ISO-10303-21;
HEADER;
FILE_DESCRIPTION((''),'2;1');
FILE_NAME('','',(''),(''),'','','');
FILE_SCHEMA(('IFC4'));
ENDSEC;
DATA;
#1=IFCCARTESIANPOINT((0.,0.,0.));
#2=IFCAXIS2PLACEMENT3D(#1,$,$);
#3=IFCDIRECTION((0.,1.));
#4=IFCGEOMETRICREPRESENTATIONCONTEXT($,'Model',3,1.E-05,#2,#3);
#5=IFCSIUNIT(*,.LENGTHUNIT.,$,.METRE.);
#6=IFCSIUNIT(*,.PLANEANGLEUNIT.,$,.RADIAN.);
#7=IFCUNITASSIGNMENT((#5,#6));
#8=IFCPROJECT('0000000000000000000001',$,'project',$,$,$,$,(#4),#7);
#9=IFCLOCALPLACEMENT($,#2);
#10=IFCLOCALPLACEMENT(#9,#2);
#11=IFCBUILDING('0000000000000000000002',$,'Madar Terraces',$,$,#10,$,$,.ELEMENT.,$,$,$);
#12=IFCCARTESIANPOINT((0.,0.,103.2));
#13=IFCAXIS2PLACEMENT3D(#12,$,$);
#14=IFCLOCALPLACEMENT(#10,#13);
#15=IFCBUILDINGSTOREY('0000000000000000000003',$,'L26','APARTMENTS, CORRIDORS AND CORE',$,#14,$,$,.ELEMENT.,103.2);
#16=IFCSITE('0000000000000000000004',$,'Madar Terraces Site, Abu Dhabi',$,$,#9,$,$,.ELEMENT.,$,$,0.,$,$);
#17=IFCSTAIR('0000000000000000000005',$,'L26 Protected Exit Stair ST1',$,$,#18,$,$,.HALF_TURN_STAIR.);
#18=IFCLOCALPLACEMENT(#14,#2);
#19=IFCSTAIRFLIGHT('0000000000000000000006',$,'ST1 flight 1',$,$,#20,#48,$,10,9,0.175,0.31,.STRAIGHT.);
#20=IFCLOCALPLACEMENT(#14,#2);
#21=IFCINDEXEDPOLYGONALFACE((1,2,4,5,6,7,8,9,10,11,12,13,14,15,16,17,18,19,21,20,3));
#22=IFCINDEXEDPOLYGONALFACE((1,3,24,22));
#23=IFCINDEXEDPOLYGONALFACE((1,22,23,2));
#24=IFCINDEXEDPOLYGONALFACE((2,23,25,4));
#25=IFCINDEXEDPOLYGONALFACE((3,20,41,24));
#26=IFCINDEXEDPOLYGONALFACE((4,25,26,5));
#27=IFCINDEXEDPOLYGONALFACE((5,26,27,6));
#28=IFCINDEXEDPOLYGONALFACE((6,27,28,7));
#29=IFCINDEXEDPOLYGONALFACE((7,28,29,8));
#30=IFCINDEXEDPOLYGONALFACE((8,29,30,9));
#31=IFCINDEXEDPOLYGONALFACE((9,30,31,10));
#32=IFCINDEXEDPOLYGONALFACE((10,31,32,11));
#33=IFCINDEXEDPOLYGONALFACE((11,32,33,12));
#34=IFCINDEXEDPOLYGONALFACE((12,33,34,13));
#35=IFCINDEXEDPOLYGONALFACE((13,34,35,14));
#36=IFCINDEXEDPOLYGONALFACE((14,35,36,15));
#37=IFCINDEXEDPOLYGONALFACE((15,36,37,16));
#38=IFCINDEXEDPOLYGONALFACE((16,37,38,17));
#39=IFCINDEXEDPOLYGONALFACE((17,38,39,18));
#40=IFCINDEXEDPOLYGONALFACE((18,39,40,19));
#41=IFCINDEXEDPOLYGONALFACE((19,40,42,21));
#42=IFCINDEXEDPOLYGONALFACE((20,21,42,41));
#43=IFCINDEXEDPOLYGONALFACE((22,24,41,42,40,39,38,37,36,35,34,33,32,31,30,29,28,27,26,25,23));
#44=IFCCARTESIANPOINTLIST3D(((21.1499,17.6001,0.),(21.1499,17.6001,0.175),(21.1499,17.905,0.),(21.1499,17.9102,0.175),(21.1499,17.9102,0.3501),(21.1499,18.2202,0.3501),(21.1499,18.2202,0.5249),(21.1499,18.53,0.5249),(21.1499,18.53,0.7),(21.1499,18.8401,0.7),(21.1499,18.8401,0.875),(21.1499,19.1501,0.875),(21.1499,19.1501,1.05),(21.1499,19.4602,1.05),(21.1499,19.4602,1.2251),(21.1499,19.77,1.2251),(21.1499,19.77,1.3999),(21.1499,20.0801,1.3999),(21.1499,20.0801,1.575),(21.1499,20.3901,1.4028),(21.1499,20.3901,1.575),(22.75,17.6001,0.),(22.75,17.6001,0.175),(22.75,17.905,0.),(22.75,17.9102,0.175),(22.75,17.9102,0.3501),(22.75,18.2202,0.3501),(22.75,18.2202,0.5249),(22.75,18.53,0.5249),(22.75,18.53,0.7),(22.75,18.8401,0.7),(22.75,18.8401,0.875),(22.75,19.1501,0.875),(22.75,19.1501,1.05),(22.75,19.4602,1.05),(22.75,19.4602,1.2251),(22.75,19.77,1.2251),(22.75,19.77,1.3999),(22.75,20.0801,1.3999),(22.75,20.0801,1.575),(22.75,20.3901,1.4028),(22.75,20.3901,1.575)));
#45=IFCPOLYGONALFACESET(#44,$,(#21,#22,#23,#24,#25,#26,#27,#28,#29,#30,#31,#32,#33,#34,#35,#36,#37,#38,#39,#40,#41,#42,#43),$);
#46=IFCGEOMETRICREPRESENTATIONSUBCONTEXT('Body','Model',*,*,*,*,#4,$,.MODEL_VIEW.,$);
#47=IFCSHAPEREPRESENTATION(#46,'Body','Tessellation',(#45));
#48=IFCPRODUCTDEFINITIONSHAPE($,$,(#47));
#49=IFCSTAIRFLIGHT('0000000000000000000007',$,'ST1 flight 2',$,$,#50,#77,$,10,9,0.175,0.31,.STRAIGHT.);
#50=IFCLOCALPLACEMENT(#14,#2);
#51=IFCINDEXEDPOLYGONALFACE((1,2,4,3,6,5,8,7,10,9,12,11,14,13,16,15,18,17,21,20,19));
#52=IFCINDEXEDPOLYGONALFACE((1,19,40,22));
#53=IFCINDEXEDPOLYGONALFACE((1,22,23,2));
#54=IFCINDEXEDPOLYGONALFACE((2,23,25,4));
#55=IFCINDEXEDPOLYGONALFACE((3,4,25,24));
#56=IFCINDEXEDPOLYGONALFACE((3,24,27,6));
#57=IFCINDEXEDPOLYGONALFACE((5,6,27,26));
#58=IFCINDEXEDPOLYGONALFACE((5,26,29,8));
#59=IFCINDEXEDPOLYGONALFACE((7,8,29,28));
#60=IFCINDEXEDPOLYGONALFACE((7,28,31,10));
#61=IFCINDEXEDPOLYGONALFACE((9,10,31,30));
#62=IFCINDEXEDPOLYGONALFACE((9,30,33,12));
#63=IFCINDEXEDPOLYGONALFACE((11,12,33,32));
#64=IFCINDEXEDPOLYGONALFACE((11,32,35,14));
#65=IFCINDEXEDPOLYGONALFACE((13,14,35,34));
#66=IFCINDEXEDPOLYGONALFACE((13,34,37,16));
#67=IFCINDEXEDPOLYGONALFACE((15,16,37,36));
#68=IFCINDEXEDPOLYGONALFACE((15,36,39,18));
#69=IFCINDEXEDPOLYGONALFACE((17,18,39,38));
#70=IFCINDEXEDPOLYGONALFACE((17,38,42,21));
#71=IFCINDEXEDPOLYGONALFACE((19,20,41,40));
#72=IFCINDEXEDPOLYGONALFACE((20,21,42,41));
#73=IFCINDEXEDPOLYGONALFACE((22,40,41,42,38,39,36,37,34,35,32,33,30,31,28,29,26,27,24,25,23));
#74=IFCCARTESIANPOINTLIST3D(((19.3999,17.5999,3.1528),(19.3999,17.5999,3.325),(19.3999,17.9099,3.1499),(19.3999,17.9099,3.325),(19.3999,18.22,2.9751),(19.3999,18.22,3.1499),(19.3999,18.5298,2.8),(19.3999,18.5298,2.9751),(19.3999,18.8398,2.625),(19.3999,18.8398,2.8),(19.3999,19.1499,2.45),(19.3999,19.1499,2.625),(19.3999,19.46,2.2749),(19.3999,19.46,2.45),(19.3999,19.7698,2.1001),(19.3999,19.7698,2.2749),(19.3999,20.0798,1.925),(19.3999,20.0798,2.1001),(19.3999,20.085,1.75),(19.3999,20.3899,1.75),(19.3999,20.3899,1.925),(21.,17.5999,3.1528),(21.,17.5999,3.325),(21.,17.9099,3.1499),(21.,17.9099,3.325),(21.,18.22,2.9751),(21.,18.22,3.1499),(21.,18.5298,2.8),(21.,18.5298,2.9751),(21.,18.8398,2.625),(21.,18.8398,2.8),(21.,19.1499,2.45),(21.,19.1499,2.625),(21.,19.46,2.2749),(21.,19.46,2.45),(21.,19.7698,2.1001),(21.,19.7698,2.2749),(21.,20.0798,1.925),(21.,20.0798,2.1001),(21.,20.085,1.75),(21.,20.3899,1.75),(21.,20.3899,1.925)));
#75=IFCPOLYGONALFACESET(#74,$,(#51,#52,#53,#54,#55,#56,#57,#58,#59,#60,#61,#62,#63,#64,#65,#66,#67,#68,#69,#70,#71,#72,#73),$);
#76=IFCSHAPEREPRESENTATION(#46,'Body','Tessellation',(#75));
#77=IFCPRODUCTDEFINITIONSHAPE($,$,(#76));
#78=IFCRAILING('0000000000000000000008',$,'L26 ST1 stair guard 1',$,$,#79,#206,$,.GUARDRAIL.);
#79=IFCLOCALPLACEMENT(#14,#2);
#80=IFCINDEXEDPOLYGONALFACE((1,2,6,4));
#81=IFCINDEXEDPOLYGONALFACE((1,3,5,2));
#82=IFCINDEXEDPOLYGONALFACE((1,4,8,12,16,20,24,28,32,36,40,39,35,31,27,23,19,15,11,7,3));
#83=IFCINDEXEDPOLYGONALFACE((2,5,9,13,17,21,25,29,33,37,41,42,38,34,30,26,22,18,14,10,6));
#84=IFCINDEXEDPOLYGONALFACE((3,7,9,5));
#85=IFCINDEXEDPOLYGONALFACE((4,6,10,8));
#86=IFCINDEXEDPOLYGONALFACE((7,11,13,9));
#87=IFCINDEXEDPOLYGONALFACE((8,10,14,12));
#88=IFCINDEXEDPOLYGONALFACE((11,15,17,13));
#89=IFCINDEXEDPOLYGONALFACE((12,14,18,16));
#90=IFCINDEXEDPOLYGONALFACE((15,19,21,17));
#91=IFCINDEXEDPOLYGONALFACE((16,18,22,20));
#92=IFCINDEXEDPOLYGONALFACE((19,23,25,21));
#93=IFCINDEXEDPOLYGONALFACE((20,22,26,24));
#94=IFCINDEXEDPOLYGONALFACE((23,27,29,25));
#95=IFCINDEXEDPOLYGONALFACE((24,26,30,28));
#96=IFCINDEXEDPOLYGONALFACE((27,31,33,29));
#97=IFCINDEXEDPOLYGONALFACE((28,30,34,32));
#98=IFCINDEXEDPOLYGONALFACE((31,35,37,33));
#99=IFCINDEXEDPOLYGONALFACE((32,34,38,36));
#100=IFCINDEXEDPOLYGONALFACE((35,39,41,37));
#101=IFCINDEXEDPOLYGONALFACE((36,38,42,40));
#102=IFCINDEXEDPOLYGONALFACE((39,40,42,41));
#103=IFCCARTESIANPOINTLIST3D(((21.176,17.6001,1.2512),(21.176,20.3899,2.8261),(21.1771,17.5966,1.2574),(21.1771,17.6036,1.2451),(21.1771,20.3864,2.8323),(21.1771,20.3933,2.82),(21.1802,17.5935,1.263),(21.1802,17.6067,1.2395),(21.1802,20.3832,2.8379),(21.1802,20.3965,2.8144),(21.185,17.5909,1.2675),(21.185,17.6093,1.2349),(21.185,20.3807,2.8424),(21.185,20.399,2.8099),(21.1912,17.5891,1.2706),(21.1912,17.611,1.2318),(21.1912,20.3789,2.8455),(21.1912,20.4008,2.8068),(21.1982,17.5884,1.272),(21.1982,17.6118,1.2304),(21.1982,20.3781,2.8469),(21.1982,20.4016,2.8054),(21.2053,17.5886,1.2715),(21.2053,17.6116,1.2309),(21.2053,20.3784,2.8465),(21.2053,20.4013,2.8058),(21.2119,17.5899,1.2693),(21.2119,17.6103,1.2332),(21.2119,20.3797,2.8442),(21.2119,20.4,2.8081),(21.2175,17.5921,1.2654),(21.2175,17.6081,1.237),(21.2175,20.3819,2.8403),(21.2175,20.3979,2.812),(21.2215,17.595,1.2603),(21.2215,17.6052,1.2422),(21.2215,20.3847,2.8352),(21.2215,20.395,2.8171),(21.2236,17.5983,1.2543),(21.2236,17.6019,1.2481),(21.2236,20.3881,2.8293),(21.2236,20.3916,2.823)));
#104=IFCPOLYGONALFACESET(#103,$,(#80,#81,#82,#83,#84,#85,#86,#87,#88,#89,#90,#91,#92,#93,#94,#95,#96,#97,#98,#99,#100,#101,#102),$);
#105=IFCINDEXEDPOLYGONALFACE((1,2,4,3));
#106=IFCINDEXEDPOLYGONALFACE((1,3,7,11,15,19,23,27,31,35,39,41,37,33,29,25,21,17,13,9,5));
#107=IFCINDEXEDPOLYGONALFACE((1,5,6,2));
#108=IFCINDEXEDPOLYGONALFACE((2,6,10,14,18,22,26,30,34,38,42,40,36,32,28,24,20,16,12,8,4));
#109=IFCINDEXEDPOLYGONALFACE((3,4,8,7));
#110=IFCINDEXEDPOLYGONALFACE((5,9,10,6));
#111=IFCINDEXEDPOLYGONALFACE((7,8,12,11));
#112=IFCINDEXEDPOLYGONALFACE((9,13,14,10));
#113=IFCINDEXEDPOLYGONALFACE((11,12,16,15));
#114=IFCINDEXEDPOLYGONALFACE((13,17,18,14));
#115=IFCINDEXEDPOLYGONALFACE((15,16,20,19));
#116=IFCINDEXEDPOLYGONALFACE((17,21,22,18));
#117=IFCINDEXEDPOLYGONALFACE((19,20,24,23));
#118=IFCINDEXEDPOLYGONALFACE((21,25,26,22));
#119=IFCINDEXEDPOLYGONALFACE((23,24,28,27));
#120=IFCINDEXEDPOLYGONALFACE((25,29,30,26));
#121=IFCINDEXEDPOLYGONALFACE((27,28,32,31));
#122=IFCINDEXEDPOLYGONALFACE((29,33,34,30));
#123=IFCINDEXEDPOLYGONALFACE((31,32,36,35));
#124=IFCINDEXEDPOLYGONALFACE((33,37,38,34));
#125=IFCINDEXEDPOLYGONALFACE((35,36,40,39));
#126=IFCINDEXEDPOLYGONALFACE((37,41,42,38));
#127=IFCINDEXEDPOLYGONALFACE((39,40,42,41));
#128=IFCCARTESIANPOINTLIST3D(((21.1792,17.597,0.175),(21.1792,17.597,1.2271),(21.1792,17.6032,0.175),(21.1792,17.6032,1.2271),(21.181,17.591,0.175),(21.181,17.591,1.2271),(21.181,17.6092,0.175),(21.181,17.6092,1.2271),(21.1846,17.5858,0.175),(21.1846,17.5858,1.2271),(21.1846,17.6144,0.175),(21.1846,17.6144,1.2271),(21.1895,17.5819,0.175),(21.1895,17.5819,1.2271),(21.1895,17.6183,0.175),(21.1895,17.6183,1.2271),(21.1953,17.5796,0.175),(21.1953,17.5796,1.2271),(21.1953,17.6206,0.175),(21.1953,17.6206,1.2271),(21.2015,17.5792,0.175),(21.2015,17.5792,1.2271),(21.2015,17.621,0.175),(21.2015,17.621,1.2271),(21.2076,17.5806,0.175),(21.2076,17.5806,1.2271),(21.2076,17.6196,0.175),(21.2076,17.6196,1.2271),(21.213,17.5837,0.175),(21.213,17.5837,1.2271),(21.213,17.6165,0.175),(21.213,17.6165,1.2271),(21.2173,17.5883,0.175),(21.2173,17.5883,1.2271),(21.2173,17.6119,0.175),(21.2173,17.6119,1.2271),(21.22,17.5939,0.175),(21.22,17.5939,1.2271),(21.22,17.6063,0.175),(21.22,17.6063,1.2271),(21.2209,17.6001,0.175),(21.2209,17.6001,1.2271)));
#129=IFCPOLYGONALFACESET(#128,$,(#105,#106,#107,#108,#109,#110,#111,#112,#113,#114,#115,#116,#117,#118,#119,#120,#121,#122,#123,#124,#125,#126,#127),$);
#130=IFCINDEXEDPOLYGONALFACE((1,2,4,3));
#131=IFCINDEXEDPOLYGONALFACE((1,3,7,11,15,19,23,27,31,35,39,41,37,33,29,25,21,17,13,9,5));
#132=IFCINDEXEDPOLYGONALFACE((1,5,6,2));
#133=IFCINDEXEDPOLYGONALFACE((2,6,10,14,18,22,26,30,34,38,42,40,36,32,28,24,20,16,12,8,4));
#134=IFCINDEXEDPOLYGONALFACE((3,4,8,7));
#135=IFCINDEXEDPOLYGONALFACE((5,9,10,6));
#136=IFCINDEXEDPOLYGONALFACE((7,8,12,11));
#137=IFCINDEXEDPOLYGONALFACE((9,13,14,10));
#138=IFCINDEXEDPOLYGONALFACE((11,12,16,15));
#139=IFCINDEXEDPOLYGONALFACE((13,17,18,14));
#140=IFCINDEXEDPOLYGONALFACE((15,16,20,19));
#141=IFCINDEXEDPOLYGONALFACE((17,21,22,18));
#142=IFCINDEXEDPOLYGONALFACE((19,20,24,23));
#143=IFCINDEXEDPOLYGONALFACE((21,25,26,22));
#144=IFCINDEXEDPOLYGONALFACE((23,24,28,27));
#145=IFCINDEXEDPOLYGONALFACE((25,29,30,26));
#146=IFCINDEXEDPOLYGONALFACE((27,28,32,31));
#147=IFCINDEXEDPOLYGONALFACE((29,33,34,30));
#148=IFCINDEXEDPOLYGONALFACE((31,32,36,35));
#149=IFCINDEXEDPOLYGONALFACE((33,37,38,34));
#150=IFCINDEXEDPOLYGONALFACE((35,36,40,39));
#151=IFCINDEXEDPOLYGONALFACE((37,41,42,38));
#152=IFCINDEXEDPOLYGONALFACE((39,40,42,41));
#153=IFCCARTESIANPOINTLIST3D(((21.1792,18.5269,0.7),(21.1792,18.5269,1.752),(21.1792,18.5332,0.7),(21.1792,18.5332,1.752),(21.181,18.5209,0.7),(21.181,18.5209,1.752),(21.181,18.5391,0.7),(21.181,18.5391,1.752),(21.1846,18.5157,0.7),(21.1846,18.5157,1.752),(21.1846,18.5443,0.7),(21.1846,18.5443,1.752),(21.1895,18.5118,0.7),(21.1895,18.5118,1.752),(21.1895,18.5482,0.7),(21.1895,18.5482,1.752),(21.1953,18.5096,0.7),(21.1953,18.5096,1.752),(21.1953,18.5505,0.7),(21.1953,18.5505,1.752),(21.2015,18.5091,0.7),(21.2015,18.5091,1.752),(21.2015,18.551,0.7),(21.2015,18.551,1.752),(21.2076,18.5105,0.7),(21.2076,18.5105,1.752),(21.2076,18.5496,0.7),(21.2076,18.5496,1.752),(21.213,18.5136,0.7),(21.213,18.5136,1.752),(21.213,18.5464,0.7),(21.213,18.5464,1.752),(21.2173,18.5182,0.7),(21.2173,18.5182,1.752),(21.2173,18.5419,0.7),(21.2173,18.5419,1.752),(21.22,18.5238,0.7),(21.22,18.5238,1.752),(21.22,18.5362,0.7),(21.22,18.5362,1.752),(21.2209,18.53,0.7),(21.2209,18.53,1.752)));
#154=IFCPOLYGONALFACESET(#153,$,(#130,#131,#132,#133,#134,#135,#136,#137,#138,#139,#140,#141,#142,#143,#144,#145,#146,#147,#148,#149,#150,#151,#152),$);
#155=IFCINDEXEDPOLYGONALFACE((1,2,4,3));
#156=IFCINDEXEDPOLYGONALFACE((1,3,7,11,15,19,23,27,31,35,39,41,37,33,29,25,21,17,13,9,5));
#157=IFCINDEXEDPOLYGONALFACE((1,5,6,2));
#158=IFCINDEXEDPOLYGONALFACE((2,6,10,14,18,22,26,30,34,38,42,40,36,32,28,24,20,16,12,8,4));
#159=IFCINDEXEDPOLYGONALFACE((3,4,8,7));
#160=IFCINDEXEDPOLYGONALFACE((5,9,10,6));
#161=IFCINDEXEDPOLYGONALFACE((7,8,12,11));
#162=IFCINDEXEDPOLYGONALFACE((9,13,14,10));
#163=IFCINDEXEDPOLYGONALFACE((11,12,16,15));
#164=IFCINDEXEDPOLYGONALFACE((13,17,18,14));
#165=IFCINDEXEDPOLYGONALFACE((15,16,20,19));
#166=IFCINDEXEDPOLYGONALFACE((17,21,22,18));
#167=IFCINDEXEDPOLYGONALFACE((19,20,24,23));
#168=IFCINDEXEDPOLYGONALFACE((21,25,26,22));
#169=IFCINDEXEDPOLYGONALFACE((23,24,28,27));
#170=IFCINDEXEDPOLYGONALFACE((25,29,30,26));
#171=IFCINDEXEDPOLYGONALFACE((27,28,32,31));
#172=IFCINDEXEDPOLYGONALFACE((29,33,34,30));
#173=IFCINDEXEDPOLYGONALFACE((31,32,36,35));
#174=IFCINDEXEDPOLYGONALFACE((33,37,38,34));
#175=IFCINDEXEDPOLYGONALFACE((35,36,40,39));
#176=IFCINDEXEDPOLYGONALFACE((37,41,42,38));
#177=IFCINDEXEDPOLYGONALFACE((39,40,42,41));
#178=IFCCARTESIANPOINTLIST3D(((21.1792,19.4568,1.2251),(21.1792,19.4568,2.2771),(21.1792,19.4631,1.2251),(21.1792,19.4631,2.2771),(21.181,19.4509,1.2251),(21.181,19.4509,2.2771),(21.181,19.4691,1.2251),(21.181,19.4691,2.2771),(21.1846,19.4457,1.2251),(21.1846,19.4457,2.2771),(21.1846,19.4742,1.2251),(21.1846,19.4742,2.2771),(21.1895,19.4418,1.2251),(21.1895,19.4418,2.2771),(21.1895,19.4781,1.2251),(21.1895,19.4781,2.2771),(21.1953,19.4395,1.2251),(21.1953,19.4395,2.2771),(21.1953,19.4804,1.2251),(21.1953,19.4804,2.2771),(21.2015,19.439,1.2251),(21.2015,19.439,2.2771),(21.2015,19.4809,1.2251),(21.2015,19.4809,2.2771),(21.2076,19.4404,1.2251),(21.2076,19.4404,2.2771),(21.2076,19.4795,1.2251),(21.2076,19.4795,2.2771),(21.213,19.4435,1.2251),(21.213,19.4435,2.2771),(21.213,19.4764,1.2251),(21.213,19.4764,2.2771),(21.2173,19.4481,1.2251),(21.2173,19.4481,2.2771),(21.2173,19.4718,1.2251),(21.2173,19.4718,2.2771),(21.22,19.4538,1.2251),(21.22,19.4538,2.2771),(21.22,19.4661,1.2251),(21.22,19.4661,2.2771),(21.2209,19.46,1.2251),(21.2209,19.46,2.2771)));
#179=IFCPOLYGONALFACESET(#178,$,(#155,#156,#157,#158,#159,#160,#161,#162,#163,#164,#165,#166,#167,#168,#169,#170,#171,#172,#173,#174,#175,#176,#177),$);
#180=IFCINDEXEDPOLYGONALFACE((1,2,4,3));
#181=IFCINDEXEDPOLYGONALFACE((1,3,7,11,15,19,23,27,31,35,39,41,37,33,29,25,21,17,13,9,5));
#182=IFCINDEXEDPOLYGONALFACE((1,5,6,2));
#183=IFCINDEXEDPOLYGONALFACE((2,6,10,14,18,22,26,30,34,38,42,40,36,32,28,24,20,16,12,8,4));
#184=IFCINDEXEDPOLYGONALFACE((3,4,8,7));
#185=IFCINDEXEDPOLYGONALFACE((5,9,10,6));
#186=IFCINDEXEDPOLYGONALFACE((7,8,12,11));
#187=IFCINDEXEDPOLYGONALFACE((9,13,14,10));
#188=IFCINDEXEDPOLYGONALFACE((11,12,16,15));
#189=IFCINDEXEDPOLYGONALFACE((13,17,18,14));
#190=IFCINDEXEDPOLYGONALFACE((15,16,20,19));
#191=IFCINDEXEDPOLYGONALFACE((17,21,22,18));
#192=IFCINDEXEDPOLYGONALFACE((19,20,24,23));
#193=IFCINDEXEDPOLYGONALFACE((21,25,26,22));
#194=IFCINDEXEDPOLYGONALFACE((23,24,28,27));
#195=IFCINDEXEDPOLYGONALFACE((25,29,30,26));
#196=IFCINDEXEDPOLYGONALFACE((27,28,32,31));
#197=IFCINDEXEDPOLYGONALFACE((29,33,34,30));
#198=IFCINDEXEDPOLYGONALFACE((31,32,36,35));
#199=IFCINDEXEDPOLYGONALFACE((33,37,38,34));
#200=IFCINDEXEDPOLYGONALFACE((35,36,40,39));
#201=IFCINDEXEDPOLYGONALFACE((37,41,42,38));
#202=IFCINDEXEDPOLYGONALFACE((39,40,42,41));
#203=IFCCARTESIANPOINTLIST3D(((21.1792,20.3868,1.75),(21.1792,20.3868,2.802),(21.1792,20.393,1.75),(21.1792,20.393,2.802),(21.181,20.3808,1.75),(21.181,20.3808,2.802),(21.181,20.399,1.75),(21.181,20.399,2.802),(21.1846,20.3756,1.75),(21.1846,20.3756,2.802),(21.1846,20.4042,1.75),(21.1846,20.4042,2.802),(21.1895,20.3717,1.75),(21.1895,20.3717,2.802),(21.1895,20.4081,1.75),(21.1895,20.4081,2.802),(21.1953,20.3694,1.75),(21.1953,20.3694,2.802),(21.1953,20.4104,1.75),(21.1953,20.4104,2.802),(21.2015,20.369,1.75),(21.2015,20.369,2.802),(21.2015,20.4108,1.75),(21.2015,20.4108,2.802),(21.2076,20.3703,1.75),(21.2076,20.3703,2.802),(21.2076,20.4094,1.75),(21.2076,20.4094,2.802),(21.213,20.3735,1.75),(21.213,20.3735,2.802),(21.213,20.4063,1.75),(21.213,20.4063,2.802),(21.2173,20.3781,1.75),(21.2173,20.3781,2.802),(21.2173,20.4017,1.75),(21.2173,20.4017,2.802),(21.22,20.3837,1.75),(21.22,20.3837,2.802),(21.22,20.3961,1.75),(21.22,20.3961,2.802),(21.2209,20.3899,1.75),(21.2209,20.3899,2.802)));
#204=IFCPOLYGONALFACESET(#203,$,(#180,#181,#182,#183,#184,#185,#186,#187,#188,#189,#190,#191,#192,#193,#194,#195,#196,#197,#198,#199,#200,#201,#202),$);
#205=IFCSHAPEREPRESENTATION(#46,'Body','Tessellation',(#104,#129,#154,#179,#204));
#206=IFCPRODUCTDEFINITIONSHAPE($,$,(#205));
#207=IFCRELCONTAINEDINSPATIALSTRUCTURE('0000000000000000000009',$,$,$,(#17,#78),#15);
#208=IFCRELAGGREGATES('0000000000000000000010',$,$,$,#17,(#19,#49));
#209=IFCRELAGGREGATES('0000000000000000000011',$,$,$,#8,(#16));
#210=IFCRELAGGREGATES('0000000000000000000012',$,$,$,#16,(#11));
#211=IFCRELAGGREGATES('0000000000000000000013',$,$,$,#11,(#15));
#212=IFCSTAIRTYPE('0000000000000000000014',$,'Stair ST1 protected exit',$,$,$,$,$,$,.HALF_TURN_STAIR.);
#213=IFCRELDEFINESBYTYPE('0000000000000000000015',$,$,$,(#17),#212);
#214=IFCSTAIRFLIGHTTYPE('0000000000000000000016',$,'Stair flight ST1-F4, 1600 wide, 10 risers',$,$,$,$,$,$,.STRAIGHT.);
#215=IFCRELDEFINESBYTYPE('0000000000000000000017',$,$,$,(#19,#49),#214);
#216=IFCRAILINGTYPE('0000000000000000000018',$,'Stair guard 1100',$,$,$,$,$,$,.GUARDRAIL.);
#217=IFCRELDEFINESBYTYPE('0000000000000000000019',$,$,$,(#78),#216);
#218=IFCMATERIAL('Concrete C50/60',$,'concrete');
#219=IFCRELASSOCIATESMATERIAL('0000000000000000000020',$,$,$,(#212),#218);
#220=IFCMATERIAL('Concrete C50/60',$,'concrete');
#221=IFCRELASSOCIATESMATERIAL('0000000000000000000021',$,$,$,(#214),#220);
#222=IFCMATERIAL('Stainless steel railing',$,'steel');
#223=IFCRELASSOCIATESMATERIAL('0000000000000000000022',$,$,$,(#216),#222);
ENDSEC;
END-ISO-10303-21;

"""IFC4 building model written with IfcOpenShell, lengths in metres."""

from ifc_helpers import new_model, si_unit, direction, frame, origin, origin_2d, place, context, subcontext, project, spatial, polyline, circle, outline, extrude, material, type_object, element, aggregate, save


model = new_model("IFC4")

# Units and contexts
model_context = context("Model", 3, precision=1e-05, world=origin(), true_north=direction((0.0, 1.0)))
body_context = subcontext(model_context, "Body", "Model", "MODEL_VIEW")
ifc_project = project(units=[si_unit("LENGTHUNIT", "METRE"), si_unit("PLANEANGLEUNIT", "RADIAN")], contexts=[model_context])

# Site, building, storey
site_placement = place(None, origin())
site = spatial("IfcSite", under=ifc_project, at=site_placement, Name="Madar Terraces Site, Abu Dhabi", CompositionType="ELEMENT", RefElevation=0.0)
building_placement = place(site_placement, origin())
building = spatial("IfcBuilding", under=site, at=building_placement, Name="Madar Terraces", CompositionType="ELEMENT")
storey_placement = place(building_placement, frame((0.0, 0.0, 103.2)))
storey = spatial("IfcBuildingStorey", under=building, at=storey_placement, Name="L26", Description="APARTMENTS, CORRIDORS AND CORE", CompositionType="ELEMENT", Elevation=103.2)

# Stair, stair flights
ifc_material_1 = material(Name="Concrete C50/60", Category="concrete")
stair_type = type_object("IfcStairType", Name="Stair ST1 protected exit", PredefinedType="HALF_TURN_STAIR", material=ifc_material_1)
stair_placement = place(storey_placement, origin())
stair = element("IfcStair", 1, at=stair_placement, inside=storey, type_object=stair_type, Name="L26 Protected Exit Stair ST1", PredefinedType="HALF_TURN_STAIR")
ifc_material_2 = material(Name="Concrete C50/60", Category="concrete")
stair_flight_type = type_object("IfcStairFlightType", Name="Stair flight ST1-F4, 1600 wide, 10 risers", PredefinedType="STRAIGHT", material=ifc_material_2)
stair_flight_1_placement = place(storey_placement, frame((21.95, 17.6001, 0.0), z_axis=(0.0, 0.0, 1.0), x_axis=(0.0, 1.0, 0.0)))
stair_flight_1 = element("IfcStairFlight", 2, at=stair_flight_1_placement, type_object=stair_flight_type, Name="ST1 flight 1", NumberOfRisers=10, NumberOfTreads=9, PredefinedType="STRAIGHT", RiserHeight=0.175, TreadLength=0.31, context=body_context, shape_type="SweptSolid", body=[
    extrude(outline(polyline([(0.0, 0.0), (0.0, 0.175), (0.3101, 0.175), (0.3101, 0.3501), (0.6201, 0.3501), (0.6201, 0.5249), (0.9299, 0.5249), (0.9299, 0.7), (1.24, 0.7), (1.24, 0.875), (1.55, 0.875), (1.55, 1.05), (1.8601, 1.05), (1.8601, 1.2251), (2.1699, 1.2251), (2.1699, 1.3999), (2.48, 1.3999), (2.48, 1.575), (2.79, 1.575), (2.79, 1.75), (2.79, 1.4028), (0.3049, 0.0), (0.0, 0.0)])), frame((0.0, 0.8, 0.0), z_axis=(0.0, -1.0, 0.0), x_axis=(1.0, 0.0, 0.0)), (0.0, 0.0, 1.0), 1.6001),
])
stair_flight_2_placement = place(storey_placement, frame((20.2, 20.3899, 1.75), z_axis=(0.0, 0.0, 1.0), x_axis=(0.0, -1.0, 0.0)))
stair_flight_2 = element("IfcStairFlight", 3, at=stair_flight_2_placement, type_object=stair_flight_type, Name="ST1 flight 2", NumberOfRisers=10, NumberOfTreads=9, PredefinedType="STRAIGHT", RiserHeight=0.175, TreadLength=0.31, context=body_context, shape_type="SweptSolid", body=[
    extrude(outline(polyline([(0.0, 0.0), (0.0, 0.175), (0.3101, 0.175), (0.3101, 0.3501), (0.6201, 0.3501), (0.6201, 0.5249), (0.9299, 0.5249), (0.9299, 0.7), (1.24, 0.7), (1.24, 0.875), (1.55, 0.875), (1.55, 1.05), (1.8601, 1.05), (1.8601, 1.2251), (2.1699, 1.2251), (2.1699, 1.3999), (2.48, 1.3999), (2.48, 1.575), (2.79, 1.575), (2.79, 1.75), (2.79, 1.4028), (0.3049, 0.0), (0.0, 0.0)])), frame((0.0, 0.8, 0.0), z_axis=(0.0, -1.0, 0.0), x_axis=(1.0, 0.0, 0.0)), (0.0, 0.0, 1.0), 1.6001),
])
aggregate(stair, [stair_flight_1, stair_flight_2])

# Railing
ifc_material_3 = material(Name="Stainless steel railing", Category="steel")
railing_type_1 = type_object("IfcRailingType", Name="Stair guard 1100", PredefinedType="GUARDRAIL", material=ifc_material_3)
railing_1_placement = place(storey_placement, frame((21.2, 17.6001, 0.175)))
element("IfcRailing", 4, at=railing_1_placement, inside=storey, type_object=railing_type_1, Name="L26 ST1 stair guard 1", PredefinedType="GUARDRAIL", context=body_context, shape_type="SweptSolid", body=[
    extrude(circle(Radius=0.0239, at=origin_2d()), frame((0.0, 0.0, 1.0762), z_axis=(0.0, 0.870815, 0.49161), x_axis=(-1.0, 0.0, 0.0)), (0.0, 0.0, 1.0), 3.2036),
    extrude(circle(Radius=0.021, at=origin_2d()), origin(), (0.0, 0.0, 1.0), 1.052),
    extrude(circle(Radius=0.021, at=origin_2d()), frame((0.0, 0.9299, 0.5249)), (0.0, 0.0, 1.0), 1.052),
    extrude(circle(Radius=0.021, at=origin_2d()), frame((0.0, 1.8599, 1.05)), (0.0, 0.0, 1.0), 1.052),
    extrude(circle(Radius=0.021, at=origin_2d()), frame((0.0, 2.7898, 1.575)), (0.0, 0.0, 1.0), 1.052),
])

save(model, "model.ifc")
